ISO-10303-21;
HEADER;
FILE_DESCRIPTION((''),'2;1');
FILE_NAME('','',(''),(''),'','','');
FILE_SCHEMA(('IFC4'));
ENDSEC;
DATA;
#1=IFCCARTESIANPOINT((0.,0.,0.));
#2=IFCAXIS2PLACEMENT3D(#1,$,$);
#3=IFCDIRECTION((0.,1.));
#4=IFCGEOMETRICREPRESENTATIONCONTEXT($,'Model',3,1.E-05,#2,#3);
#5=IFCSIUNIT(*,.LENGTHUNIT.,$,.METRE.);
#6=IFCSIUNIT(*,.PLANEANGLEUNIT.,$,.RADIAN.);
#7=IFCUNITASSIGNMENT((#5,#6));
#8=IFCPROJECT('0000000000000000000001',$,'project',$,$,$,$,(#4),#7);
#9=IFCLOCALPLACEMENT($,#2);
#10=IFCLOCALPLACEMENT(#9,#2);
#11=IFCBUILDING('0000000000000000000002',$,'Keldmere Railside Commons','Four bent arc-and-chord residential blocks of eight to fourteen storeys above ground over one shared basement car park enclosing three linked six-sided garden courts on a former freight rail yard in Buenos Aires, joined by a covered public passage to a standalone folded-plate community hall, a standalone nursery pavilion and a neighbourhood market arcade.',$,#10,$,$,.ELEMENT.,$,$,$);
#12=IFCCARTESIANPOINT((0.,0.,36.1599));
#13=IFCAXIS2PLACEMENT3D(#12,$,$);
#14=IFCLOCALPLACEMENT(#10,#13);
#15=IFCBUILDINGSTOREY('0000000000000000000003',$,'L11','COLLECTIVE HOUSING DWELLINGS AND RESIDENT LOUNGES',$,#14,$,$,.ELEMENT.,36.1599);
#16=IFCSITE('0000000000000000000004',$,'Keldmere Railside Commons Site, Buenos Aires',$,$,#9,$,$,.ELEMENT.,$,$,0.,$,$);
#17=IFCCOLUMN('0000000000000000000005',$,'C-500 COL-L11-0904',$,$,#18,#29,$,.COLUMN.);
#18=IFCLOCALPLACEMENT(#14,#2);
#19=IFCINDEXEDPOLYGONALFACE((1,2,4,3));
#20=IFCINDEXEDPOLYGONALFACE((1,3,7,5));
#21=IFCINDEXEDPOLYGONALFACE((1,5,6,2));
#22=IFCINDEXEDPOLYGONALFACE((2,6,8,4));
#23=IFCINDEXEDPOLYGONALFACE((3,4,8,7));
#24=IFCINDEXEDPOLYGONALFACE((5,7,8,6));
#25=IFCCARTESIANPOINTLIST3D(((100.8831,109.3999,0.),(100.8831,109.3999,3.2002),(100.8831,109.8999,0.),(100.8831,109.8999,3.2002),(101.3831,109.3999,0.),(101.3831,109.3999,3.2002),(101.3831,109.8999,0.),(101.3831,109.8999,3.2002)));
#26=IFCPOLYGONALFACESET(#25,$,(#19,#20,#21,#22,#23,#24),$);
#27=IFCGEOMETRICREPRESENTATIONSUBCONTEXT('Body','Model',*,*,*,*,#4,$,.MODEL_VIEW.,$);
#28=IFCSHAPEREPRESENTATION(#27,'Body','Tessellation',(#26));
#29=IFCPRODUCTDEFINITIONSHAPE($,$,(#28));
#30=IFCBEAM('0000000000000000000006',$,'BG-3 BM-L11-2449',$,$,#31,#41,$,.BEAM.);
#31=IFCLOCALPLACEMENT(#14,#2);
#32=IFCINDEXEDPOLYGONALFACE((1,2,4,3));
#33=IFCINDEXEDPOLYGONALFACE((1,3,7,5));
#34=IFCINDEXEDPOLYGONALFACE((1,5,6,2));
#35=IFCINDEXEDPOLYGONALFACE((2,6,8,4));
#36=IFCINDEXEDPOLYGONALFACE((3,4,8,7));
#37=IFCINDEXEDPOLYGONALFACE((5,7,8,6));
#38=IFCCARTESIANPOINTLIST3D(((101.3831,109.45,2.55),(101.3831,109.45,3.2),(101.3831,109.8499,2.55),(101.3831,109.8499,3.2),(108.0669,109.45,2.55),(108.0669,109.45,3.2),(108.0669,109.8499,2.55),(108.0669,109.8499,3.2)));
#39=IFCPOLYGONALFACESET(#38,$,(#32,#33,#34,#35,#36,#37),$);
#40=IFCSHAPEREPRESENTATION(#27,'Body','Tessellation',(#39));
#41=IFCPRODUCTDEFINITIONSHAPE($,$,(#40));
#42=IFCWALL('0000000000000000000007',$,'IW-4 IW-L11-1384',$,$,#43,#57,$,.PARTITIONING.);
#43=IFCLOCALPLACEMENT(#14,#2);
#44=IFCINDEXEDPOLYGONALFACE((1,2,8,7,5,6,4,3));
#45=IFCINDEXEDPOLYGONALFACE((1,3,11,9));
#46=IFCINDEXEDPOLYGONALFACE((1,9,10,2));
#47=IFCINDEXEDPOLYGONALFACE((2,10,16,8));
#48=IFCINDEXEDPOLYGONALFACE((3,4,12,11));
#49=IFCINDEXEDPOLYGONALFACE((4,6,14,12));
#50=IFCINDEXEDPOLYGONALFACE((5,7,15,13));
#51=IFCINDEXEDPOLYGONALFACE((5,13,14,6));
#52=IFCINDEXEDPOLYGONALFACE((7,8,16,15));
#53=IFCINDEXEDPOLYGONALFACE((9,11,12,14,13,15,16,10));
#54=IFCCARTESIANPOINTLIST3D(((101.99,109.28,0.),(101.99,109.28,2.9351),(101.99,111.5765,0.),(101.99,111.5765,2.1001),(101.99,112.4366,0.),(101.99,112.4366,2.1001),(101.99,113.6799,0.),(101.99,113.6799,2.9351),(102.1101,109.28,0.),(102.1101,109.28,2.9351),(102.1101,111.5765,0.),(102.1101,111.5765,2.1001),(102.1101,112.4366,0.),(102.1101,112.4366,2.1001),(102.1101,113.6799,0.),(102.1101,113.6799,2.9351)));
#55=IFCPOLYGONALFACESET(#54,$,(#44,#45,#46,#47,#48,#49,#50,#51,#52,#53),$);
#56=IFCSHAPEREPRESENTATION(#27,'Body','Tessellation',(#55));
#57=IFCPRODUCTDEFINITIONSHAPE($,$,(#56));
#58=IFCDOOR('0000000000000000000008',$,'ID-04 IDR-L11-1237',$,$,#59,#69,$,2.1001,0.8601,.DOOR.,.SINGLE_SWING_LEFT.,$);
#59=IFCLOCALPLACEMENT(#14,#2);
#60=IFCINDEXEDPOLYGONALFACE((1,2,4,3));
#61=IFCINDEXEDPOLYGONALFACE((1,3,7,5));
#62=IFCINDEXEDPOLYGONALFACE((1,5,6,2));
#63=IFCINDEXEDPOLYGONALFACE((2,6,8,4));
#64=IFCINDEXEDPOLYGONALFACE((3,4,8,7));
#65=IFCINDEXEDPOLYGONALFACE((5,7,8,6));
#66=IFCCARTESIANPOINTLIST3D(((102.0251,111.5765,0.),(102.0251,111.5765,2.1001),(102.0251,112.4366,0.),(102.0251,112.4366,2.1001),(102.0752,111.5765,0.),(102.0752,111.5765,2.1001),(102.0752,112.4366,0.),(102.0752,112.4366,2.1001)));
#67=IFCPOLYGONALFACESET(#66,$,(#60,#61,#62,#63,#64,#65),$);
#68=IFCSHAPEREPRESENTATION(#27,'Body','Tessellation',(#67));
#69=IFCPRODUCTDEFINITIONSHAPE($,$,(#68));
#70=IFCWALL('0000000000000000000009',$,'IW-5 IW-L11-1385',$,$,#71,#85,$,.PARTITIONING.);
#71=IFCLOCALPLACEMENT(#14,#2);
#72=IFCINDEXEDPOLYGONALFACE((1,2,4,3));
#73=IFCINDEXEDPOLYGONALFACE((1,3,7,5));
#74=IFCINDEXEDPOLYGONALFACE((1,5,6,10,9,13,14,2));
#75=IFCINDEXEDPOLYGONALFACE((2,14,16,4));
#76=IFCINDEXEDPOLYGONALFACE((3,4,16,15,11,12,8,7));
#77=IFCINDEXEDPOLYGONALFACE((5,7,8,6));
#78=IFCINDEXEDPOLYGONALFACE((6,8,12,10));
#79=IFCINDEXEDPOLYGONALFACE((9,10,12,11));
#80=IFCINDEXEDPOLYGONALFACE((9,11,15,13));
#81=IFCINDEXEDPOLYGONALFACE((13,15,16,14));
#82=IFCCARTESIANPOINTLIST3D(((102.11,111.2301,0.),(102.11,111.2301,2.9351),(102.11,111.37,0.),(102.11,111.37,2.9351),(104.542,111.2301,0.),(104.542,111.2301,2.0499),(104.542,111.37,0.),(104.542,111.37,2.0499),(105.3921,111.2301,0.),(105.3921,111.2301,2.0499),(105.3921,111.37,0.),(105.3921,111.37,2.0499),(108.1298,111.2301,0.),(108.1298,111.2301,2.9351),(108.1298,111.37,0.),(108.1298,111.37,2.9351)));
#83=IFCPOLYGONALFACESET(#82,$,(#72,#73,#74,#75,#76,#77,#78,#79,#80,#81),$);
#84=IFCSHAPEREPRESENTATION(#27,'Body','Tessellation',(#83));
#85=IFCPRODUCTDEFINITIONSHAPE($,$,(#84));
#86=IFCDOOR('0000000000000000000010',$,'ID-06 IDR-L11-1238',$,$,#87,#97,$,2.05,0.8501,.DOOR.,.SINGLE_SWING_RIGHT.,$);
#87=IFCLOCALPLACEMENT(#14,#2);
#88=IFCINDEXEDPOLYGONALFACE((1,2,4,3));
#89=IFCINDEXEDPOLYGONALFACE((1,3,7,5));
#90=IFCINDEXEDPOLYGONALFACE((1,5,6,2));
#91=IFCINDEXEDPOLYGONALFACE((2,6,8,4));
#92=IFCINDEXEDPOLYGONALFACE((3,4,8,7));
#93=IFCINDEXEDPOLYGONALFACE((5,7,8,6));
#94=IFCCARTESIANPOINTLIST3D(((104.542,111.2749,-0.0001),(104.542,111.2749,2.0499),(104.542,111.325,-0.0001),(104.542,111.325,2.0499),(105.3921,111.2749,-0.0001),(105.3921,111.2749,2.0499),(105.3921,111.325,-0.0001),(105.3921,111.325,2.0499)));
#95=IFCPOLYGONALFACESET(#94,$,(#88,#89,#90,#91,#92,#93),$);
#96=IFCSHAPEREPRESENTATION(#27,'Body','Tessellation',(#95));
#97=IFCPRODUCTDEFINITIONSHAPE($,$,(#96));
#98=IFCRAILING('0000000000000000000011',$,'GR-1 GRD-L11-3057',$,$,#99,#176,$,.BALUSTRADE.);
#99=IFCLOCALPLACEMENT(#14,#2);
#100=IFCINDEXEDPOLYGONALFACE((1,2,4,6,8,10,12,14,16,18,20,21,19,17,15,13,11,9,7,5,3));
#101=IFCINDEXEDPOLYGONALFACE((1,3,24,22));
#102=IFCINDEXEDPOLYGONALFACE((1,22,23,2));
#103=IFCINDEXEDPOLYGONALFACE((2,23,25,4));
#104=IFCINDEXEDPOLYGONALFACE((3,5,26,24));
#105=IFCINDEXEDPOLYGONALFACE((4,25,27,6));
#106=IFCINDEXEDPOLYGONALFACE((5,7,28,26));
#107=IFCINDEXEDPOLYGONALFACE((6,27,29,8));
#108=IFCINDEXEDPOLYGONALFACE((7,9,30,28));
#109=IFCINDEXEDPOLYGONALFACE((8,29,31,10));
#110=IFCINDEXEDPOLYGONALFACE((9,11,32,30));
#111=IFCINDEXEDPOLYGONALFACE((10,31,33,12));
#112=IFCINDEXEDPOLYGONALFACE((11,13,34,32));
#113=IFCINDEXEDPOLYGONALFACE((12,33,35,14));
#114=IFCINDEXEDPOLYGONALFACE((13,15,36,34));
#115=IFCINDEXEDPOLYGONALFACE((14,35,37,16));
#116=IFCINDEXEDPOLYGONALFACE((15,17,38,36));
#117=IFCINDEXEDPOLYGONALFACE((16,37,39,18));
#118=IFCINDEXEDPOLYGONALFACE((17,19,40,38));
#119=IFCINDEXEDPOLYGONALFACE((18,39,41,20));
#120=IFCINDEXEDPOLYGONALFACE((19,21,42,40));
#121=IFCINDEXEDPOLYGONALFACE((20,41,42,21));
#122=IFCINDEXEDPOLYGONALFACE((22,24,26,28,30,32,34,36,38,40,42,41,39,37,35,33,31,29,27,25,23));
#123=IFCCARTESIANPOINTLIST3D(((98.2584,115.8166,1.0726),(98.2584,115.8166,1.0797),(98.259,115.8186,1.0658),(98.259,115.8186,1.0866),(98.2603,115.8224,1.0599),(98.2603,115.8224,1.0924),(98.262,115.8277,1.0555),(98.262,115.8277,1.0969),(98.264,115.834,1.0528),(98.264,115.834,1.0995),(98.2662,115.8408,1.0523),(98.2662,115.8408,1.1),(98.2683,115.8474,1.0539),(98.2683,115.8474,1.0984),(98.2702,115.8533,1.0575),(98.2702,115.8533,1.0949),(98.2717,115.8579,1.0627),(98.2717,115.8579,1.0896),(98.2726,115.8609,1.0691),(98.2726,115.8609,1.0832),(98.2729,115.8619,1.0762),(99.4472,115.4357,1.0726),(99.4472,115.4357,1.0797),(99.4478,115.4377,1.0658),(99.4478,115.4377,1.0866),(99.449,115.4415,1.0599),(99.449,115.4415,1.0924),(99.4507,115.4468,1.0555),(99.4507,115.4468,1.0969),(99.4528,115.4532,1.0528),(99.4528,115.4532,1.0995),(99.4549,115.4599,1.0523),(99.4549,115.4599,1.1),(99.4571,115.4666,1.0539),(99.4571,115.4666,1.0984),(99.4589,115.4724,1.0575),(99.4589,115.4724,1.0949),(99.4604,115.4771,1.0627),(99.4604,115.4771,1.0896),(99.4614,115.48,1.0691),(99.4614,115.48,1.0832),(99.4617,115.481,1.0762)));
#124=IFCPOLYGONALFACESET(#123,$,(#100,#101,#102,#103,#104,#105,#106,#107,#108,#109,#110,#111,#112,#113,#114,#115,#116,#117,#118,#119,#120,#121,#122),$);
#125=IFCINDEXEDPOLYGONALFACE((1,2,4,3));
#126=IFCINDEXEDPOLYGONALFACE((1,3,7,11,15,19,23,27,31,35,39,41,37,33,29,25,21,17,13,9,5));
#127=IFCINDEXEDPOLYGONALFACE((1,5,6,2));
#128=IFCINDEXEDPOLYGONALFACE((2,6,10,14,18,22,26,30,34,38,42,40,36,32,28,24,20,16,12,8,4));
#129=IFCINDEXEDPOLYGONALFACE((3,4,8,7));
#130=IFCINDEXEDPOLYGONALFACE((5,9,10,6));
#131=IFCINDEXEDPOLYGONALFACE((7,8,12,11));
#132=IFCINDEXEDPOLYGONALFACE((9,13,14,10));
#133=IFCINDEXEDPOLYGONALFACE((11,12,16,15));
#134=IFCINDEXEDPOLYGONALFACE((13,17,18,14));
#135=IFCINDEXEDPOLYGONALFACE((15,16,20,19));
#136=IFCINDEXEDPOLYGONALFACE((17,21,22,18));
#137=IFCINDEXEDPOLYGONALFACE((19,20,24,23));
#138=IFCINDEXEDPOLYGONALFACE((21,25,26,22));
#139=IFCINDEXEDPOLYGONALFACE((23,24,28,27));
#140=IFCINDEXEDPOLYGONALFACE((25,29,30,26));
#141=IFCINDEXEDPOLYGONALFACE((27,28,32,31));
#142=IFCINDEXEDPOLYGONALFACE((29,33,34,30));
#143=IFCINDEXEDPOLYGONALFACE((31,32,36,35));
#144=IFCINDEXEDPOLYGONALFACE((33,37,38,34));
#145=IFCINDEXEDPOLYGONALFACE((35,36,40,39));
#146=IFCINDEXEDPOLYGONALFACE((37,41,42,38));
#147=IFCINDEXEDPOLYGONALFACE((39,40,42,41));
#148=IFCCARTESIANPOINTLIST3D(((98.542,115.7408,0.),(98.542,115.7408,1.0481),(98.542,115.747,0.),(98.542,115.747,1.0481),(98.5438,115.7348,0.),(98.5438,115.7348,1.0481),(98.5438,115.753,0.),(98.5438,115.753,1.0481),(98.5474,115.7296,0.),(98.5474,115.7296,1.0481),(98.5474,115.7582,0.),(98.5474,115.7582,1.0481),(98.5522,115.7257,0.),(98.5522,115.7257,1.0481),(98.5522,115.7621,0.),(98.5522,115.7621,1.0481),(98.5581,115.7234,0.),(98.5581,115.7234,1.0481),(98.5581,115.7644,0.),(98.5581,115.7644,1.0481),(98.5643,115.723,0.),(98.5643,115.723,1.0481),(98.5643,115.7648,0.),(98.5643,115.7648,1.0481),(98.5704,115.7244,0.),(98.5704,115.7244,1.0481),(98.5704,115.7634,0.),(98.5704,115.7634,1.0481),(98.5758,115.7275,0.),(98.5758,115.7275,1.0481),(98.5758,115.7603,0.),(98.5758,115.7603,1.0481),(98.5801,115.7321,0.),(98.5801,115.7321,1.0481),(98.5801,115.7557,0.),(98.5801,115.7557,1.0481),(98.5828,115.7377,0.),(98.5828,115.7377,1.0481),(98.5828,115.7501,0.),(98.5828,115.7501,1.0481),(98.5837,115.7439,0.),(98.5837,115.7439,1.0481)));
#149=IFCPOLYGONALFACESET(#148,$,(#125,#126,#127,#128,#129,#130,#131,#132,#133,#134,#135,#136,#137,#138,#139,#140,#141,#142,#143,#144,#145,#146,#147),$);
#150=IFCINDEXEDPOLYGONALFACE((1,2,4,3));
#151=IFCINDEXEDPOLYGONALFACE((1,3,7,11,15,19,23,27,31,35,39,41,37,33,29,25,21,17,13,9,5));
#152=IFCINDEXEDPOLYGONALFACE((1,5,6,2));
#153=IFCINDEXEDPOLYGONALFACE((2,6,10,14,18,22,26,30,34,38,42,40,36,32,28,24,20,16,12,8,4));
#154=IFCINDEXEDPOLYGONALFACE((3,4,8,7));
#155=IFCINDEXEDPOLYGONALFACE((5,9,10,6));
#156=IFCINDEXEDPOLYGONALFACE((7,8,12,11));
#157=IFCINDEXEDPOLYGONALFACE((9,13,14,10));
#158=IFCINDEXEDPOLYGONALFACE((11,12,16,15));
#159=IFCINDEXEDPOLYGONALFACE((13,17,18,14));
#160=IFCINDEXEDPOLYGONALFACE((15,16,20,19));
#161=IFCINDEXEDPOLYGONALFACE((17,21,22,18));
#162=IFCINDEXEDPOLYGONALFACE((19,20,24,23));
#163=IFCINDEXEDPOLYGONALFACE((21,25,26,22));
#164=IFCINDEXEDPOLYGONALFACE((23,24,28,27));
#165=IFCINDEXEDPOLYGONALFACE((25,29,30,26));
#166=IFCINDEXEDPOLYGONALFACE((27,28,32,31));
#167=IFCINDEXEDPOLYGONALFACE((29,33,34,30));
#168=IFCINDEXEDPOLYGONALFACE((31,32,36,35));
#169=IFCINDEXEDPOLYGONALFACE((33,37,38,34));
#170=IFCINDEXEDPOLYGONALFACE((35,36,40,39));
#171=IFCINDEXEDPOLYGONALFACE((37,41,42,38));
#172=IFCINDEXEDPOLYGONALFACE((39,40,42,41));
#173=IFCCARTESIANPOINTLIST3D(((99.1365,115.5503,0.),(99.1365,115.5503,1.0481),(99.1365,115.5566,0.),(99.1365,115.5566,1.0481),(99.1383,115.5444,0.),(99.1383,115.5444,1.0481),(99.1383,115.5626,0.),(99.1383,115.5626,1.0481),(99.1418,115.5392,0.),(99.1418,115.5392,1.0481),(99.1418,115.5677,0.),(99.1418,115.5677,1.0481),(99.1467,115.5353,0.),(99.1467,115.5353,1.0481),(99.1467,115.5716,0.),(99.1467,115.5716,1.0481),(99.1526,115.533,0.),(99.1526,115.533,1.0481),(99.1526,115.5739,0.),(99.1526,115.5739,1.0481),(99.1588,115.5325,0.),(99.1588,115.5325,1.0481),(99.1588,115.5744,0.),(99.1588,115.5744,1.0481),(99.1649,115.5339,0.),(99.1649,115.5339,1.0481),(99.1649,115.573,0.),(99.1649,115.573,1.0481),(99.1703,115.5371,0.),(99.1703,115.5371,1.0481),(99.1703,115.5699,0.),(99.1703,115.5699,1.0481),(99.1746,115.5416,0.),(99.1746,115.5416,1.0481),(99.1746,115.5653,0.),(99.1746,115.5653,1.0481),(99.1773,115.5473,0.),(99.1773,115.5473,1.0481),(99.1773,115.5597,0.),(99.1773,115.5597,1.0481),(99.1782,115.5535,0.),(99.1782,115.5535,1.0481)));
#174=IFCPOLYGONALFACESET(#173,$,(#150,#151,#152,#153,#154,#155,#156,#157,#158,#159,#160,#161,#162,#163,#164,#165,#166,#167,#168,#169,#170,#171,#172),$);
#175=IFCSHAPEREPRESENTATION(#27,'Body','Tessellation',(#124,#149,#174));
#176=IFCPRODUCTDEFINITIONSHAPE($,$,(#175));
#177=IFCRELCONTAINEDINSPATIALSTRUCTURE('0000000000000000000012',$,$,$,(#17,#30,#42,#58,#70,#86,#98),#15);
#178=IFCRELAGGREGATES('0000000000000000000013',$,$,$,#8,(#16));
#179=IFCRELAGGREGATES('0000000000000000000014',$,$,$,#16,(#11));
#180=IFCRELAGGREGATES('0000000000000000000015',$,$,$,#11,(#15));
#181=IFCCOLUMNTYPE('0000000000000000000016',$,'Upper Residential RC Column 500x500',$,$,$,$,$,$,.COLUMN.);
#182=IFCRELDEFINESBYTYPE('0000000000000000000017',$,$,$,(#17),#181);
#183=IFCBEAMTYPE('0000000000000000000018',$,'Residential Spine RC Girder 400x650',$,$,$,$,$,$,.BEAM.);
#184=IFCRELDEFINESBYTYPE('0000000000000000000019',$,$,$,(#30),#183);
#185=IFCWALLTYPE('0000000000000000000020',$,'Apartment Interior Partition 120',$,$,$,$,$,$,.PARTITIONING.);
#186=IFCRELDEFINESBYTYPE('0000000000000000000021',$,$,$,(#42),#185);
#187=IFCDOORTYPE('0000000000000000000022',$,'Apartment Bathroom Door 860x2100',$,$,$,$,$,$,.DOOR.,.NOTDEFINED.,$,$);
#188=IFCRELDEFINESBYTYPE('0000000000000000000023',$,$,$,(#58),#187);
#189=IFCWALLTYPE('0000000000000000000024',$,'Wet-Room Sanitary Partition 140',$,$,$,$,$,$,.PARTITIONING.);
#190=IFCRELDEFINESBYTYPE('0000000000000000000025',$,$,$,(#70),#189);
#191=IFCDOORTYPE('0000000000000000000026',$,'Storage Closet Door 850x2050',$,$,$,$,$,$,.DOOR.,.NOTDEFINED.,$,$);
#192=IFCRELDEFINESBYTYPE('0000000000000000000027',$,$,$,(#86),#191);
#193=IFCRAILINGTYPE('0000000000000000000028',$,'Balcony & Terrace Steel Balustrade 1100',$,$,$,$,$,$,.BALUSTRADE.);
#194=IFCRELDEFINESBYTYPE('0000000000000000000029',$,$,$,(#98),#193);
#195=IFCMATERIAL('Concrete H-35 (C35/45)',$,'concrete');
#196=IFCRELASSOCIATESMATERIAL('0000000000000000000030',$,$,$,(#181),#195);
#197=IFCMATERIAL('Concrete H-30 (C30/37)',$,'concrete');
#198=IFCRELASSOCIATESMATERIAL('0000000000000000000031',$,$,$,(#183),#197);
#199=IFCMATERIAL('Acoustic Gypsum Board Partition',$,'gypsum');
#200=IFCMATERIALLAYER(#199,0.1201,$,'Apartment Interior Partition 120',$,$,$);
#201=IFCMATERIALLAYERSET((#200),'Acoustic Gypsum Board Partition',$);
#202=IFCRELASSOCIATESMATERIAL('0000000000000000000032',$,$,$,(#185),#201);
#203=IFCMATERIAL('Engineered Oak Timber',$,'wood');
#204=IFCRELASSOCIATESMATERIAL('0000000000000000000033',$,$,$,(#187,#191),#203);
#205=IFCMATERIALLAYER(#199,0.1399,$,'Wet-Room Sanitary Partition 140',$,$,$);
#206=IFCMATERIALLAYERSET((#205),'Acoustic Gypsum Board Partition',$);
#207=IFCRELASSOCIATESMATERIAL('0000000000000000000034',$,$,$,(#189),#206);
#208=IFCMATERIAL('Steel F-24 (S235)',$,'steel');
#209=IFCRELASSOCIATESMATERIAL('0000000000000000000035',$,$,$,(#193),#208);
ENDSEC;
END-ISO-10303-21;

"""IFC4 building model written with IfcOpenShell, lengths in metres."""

from ifc_helpers import new_model, si_unit, direction, frame, frame_2d, origin, origin_2d, place, context, subcontext, project, spatial, rectangle, circle, extrude, material, layer, layer_set, material_profile, profile_set, type_object, element, fill, save


model = new_model("IFC4")

# Units and contexts
model_context = context("Model", 3, precision=1e-05, world=origin(), true_north=direction((0.0, 1.0)))
body_context = subcontext(model_context, "Body", "Model", "MODEL_VIEW")
ifc_project = project(units=[si_unit("LENGTHUNIT", "METRE"), si_unit("PLANEANGLEUNIT", "RADIAN")], contexts=[model_context])

# Site, building, storey
site_placement = place(None, origin())
site = spatial("IfcSite", under=ifc_project, at=site_placement, Name="Keldmere Railside Commons Site, Buenos Aires", CompositionType="ELEMENT", RefElevation=0.0)
building_placement = place(site_placement, origin())
building = spatial("IfcBuilding", under=site, at=building_placement, Name="Keldmere Railside Commons", Description="Four bent arc-and-chord residential blocks of eight to fourteen storeys above ground over one shared basement car park enclosing three linked six-sided garden courts on a former freight rail yard in Buenos Aires, joined by a covered public passage to a standalone folded-plate community hall, a standalone nursery pavilion and a neighbourhood market arcade.", CompositionType="ELEMENT")
storey_placement = place(building_placement, frame((0.0, 0.0, 36.1599)))
storey = spatial("IfcBuildingStorey", under=building, at=storey_placement, Name="L11", Description="COLLECTIVE HOUSING DWELLINGS AND RESIDENT LOUNGES", CompositionType="ELEMENT", Elevation=36.1599)

# Column
ifc_material_1 = material(Name="Concrete H-35 (C35/45)", Category="concrete")
ifc_material_profile_1 = material_profile(ifc_material_1, rectangle(XDim=0.5, YDim=0.5, at=origin_2d()), Name="RC-500x500")
ifc_profile_set_1 = profile_set([ifc_material_profile_1], Name="Concrete H-35 (C35/45)")
column_type = type_object("IfcColumnType", Name="Upper Residential RC Column 500x500", PredefinedType="COLUMN", material=ifc_profile_set_1)
column_placement = place(storey_placement, frame((101.1331, 109.6499, 0.0), z_axis=(0.0, 0.0, 1.0), x_axis=(1.0, 0.0, 0.0)))
element("IfcColumn", 1, at=column_placement, inside=storey, type_object=column_type, Name="C-500 COL-L11-0904", PredefinedType="COLUMN", context=body_context, shape_type="SweptSolid", body=[
    extrude(rectangle(XDim=0.5, YDim=0.5, at=origin_2d()), origin(), (0.0, 0.0, 1.0), 3.2002),
])

# Beam
ifc_material_2 = material(Name="Concrete H-30 (C30/37)", Category="concrete")
ifc_material_profile_2 = material_profile(ifc_material_2, rectangle(XDim=0.3999, YDim=0.6499, at=origin_2d()), Name="RC-400x650")
ifc_profile_set_2 = profile_set([ifc_material_profile_2], Name="Concrete H-30 (C30/37)")
beam_type = type_object("IfcBeamType", Name="Residential Spine RC Girder 400x650", PredefinedType="BEAM", material=ifc_profile_set_2)
beam_placement = place(storey_placement, frame((101.3831, 109.6499, 2.875), z_axis=(1.0, 0.0, 0.0), x_axis=(0.0, 1.0, 0.0)))
element("IfcBeam", 2, at=beam_placement, inside=storey, type_object=beam_type, Name="BG-3 BM-L11-2449", PredefinedType="BEAM", context=body_context, shape_type="SweptSolid", body=[
    extrude(rectangle(XDim=0.3999, YDim=0.6499, at=origin_2d()), origin(), (0.0, 0.0, 1.0), 6.6838),
])

# Walls, openings, doors
ifc_material_3 = material(Name="Acoustic Gypsum Board Partition", Category="gypsum")
ifc_layer_1 = layer(ifc_material_3, 0.1201, Name="Apartment Interior Partition 120")
ifc_layer_set_1 = layer_set([ifc_layer_1], Name="Acoustic Gypsum Board Partition")
wall_type_1 = type_object("IfcWallType", Name="Apartment Interior Partition 120", PredefinedType="PARTITIONING", material=ifc_layer_set_1)
wall_1_placement = place(storey_placement, frame((102.05, 109.28, 0.0), z_axis=(0.0, 0.0, 1.0), x_axis=(0.0, 1.0, 0.0)))
wall_1 = element("IfcWall", 3, at=wall_1_placement, inside=storey, type_object=wall_type_1, Name="IW-4 IW-L11-1384", PredefinedType="PARTITIONING", context=body_context, shape_type="SweptSolid", body=[
    extrude(rectangle(XDim=4.3999, YDim=0.1201, at=frame_2d((2.2, 0.0))), origin(), (0.0, 0.0, 1.0), 2.9351),
])
opening_1_placement = place(wall_1_placement, frame((2.2964, 0.0, 0.0)))
opening_1 = element("IfcOpeningElement", 4, at=opening_1_placement, cuts=wall_1, PredefinedType="OPENING", context=body_context, shape_type="SweptSolid", body=[
    extrude(rectangle(XDim=0.8601, YDim=2.1001, at=frame_2d((0.4302, 1.05))), frame((0.0, 0.0701, 0.0), z_axis=(0.0, -1.0, 0.0), x_axis=(1.0, 0.0, 0.0)), (0.0, 0.0, 1.0), 0.1401),
])
ifc_material_4 = material(Name="Engineered Oak Timber", Category="wood")
door_type_1 = type_object("IfcDoorType", Name="Apartment Bathroom Door 860x2100", OperationType="NOTDEFINED", PredefinedType="DOOR", material=ifc_material_4)
door_1_placement = place(opening_1_placement, origin())
door_1 = element("IfcDoor", 5, at=door_1_placement, inside=storey, type_object=door_type_1, Name="ID-04 IDR-L11-1237", OperationType="SINGLE_SWING_LEFT", OverallHeight=2.1001, OverallWidth=0.8601, PredefinedType="DOOR", context=body_context, shape_type="SweptSolid", body=[
    extrude(rectangle(XDim=0.8601, YDim=2.1001, at=frame_2d((0.4302, 1.05))), frame((0.0, 0.0249, 0.0), z_axis=(0.0, -1.0, 0.0), x_axis=(1.0, 0.0, 0.0)), (0.0, 0.0, 1.0), 0.05),
])
fill(opening_1, door_1)
ifc_layer_2 = layer(ifc_material_3, 0.1399, Name="Wet-Room Sanitary Partition 140")
ifc_layer_set_2 = layer_set([ifc_layer_2], Name="Acoustic Gypsum Board Partition")
wall_type_2 = type_object("IfcWallType", Name="Wet-Room Sanitary Partition 140", PredefinedType="PARTITIONING", material=ifc_layer_set_2)
wall_2_placement = place(storey_placement, frame((102.1101, 111.3, 0.0), z_axis=(0.0, 0.0, 1.0), x_axis=(1.0, 0.0, 0.0)))
wall_2 = element("IfcWall", 6, at=wall_2_placement, inside=storey, type_object=wall_type_2, Name="IW-5 IW-L11-1385", PredefinedType="PARTITIONING", context=body_context, shape_type="SweptSolid", body=[
    extrude(rectangle(XDim=6.0198, YDim=0.1399, at=frame_2d((3.0098, 0.0))), origin(), (0.0, 0.0, 1.0), 2.9351),
])
opening_2_placement = place(wall_2_placement, frame((2.4319, 0.0, 0.0)))
opening_2 = element("IfcOpeningElement", 7, at=opening_2_placement, cuts=wall_2, PredefinedType="OPENING", context=body_context, shape_type="SweptSolid", body=[
    extrude(rectangle(XDim=0.8501, YDim=2.05, at=frame_2d((0.425, 1.0249))), frame((0.0, 0.0798, 0.0), z_axis=(0.0, -1.0, 0.0), x_axis=(1.0, 0.0, 0.0)), (0.0, 0.0, 1.0), 0.1599),
])
door_type_2 = type_object("IfcDoorType", Name="Storage Closet Door 850x2050", OperationType="NOTDEFINED", PredefinedType="DOOR", material=ifc_material_4)
door_2_placement = place(opening_2_placement, origin())
door_2 = element("IfcDoor", 8, at=door_2_placement, inside=storey, type_object=door_type_2, Name="ID-06 IDR-L11-1238", OperationType="SINGLE_SWING_RIGHT", OverallHeight=2.05, OverallWidth=0.8501, PredefinedType="DOOR", context=body_context, shape_type="SweptSolid", body=[
    extrude(rectangle(XDim=0.8501, YDim=2.05, at=frame_2d((0.425, 1.0249))), frame((0.0, 0.0249, 0.0), z_axis=(0.0, -1.0, 0.0), x_axis=(1.0, 0.0, 0.0)), (0.0, 0.0, 1.0), 0.05),
])
fill(opening_2, door_2)

# Railing
ifc_material_5 = material(Name="Steel F-24 (S235)", Category="steel")
railing_type = type_object("IfcRailingType", Name="Balcony & Terrace Steel Balustrade 1100", PredefinedType="BALUSTRADE", material=ifc_material_5)
railing_1_placement = place(storey_placement, frame((98.2656, 115.8391, 0.0)))
element("IfcRailing", 9, at=railing_1_placement, inside=storey, type_object=railing_type, Name="GR-1 GRD-L11-3057", PredefinedType="BALUSTRADE", context=body_context, shape_type="SweptSolid", body=[
    extrude(circle(Radius=0.0239, at=origin_2d()), frame((0.0, 0.0, 1.0762), z_axis=(0.952315, -0.305116, 0.0), x_axis=(0.305116, 0.952315, 0.0)), (0.0, 0.0, 1.0), 1.2483),
    extrude(circle(Radius=0.021, at=origin_2d()), frame((0.2971, -0.0952, 0.0)), (0.0, 0.0, 1.0), 1.0481),
    extrude(circle(Radius=0.021, at=origin_2d()), frame((0.8916, -0.2856, 0.0)), (0.0, 0.0, 1.0), 1.0481),
])

save(model, "model.ifc")
